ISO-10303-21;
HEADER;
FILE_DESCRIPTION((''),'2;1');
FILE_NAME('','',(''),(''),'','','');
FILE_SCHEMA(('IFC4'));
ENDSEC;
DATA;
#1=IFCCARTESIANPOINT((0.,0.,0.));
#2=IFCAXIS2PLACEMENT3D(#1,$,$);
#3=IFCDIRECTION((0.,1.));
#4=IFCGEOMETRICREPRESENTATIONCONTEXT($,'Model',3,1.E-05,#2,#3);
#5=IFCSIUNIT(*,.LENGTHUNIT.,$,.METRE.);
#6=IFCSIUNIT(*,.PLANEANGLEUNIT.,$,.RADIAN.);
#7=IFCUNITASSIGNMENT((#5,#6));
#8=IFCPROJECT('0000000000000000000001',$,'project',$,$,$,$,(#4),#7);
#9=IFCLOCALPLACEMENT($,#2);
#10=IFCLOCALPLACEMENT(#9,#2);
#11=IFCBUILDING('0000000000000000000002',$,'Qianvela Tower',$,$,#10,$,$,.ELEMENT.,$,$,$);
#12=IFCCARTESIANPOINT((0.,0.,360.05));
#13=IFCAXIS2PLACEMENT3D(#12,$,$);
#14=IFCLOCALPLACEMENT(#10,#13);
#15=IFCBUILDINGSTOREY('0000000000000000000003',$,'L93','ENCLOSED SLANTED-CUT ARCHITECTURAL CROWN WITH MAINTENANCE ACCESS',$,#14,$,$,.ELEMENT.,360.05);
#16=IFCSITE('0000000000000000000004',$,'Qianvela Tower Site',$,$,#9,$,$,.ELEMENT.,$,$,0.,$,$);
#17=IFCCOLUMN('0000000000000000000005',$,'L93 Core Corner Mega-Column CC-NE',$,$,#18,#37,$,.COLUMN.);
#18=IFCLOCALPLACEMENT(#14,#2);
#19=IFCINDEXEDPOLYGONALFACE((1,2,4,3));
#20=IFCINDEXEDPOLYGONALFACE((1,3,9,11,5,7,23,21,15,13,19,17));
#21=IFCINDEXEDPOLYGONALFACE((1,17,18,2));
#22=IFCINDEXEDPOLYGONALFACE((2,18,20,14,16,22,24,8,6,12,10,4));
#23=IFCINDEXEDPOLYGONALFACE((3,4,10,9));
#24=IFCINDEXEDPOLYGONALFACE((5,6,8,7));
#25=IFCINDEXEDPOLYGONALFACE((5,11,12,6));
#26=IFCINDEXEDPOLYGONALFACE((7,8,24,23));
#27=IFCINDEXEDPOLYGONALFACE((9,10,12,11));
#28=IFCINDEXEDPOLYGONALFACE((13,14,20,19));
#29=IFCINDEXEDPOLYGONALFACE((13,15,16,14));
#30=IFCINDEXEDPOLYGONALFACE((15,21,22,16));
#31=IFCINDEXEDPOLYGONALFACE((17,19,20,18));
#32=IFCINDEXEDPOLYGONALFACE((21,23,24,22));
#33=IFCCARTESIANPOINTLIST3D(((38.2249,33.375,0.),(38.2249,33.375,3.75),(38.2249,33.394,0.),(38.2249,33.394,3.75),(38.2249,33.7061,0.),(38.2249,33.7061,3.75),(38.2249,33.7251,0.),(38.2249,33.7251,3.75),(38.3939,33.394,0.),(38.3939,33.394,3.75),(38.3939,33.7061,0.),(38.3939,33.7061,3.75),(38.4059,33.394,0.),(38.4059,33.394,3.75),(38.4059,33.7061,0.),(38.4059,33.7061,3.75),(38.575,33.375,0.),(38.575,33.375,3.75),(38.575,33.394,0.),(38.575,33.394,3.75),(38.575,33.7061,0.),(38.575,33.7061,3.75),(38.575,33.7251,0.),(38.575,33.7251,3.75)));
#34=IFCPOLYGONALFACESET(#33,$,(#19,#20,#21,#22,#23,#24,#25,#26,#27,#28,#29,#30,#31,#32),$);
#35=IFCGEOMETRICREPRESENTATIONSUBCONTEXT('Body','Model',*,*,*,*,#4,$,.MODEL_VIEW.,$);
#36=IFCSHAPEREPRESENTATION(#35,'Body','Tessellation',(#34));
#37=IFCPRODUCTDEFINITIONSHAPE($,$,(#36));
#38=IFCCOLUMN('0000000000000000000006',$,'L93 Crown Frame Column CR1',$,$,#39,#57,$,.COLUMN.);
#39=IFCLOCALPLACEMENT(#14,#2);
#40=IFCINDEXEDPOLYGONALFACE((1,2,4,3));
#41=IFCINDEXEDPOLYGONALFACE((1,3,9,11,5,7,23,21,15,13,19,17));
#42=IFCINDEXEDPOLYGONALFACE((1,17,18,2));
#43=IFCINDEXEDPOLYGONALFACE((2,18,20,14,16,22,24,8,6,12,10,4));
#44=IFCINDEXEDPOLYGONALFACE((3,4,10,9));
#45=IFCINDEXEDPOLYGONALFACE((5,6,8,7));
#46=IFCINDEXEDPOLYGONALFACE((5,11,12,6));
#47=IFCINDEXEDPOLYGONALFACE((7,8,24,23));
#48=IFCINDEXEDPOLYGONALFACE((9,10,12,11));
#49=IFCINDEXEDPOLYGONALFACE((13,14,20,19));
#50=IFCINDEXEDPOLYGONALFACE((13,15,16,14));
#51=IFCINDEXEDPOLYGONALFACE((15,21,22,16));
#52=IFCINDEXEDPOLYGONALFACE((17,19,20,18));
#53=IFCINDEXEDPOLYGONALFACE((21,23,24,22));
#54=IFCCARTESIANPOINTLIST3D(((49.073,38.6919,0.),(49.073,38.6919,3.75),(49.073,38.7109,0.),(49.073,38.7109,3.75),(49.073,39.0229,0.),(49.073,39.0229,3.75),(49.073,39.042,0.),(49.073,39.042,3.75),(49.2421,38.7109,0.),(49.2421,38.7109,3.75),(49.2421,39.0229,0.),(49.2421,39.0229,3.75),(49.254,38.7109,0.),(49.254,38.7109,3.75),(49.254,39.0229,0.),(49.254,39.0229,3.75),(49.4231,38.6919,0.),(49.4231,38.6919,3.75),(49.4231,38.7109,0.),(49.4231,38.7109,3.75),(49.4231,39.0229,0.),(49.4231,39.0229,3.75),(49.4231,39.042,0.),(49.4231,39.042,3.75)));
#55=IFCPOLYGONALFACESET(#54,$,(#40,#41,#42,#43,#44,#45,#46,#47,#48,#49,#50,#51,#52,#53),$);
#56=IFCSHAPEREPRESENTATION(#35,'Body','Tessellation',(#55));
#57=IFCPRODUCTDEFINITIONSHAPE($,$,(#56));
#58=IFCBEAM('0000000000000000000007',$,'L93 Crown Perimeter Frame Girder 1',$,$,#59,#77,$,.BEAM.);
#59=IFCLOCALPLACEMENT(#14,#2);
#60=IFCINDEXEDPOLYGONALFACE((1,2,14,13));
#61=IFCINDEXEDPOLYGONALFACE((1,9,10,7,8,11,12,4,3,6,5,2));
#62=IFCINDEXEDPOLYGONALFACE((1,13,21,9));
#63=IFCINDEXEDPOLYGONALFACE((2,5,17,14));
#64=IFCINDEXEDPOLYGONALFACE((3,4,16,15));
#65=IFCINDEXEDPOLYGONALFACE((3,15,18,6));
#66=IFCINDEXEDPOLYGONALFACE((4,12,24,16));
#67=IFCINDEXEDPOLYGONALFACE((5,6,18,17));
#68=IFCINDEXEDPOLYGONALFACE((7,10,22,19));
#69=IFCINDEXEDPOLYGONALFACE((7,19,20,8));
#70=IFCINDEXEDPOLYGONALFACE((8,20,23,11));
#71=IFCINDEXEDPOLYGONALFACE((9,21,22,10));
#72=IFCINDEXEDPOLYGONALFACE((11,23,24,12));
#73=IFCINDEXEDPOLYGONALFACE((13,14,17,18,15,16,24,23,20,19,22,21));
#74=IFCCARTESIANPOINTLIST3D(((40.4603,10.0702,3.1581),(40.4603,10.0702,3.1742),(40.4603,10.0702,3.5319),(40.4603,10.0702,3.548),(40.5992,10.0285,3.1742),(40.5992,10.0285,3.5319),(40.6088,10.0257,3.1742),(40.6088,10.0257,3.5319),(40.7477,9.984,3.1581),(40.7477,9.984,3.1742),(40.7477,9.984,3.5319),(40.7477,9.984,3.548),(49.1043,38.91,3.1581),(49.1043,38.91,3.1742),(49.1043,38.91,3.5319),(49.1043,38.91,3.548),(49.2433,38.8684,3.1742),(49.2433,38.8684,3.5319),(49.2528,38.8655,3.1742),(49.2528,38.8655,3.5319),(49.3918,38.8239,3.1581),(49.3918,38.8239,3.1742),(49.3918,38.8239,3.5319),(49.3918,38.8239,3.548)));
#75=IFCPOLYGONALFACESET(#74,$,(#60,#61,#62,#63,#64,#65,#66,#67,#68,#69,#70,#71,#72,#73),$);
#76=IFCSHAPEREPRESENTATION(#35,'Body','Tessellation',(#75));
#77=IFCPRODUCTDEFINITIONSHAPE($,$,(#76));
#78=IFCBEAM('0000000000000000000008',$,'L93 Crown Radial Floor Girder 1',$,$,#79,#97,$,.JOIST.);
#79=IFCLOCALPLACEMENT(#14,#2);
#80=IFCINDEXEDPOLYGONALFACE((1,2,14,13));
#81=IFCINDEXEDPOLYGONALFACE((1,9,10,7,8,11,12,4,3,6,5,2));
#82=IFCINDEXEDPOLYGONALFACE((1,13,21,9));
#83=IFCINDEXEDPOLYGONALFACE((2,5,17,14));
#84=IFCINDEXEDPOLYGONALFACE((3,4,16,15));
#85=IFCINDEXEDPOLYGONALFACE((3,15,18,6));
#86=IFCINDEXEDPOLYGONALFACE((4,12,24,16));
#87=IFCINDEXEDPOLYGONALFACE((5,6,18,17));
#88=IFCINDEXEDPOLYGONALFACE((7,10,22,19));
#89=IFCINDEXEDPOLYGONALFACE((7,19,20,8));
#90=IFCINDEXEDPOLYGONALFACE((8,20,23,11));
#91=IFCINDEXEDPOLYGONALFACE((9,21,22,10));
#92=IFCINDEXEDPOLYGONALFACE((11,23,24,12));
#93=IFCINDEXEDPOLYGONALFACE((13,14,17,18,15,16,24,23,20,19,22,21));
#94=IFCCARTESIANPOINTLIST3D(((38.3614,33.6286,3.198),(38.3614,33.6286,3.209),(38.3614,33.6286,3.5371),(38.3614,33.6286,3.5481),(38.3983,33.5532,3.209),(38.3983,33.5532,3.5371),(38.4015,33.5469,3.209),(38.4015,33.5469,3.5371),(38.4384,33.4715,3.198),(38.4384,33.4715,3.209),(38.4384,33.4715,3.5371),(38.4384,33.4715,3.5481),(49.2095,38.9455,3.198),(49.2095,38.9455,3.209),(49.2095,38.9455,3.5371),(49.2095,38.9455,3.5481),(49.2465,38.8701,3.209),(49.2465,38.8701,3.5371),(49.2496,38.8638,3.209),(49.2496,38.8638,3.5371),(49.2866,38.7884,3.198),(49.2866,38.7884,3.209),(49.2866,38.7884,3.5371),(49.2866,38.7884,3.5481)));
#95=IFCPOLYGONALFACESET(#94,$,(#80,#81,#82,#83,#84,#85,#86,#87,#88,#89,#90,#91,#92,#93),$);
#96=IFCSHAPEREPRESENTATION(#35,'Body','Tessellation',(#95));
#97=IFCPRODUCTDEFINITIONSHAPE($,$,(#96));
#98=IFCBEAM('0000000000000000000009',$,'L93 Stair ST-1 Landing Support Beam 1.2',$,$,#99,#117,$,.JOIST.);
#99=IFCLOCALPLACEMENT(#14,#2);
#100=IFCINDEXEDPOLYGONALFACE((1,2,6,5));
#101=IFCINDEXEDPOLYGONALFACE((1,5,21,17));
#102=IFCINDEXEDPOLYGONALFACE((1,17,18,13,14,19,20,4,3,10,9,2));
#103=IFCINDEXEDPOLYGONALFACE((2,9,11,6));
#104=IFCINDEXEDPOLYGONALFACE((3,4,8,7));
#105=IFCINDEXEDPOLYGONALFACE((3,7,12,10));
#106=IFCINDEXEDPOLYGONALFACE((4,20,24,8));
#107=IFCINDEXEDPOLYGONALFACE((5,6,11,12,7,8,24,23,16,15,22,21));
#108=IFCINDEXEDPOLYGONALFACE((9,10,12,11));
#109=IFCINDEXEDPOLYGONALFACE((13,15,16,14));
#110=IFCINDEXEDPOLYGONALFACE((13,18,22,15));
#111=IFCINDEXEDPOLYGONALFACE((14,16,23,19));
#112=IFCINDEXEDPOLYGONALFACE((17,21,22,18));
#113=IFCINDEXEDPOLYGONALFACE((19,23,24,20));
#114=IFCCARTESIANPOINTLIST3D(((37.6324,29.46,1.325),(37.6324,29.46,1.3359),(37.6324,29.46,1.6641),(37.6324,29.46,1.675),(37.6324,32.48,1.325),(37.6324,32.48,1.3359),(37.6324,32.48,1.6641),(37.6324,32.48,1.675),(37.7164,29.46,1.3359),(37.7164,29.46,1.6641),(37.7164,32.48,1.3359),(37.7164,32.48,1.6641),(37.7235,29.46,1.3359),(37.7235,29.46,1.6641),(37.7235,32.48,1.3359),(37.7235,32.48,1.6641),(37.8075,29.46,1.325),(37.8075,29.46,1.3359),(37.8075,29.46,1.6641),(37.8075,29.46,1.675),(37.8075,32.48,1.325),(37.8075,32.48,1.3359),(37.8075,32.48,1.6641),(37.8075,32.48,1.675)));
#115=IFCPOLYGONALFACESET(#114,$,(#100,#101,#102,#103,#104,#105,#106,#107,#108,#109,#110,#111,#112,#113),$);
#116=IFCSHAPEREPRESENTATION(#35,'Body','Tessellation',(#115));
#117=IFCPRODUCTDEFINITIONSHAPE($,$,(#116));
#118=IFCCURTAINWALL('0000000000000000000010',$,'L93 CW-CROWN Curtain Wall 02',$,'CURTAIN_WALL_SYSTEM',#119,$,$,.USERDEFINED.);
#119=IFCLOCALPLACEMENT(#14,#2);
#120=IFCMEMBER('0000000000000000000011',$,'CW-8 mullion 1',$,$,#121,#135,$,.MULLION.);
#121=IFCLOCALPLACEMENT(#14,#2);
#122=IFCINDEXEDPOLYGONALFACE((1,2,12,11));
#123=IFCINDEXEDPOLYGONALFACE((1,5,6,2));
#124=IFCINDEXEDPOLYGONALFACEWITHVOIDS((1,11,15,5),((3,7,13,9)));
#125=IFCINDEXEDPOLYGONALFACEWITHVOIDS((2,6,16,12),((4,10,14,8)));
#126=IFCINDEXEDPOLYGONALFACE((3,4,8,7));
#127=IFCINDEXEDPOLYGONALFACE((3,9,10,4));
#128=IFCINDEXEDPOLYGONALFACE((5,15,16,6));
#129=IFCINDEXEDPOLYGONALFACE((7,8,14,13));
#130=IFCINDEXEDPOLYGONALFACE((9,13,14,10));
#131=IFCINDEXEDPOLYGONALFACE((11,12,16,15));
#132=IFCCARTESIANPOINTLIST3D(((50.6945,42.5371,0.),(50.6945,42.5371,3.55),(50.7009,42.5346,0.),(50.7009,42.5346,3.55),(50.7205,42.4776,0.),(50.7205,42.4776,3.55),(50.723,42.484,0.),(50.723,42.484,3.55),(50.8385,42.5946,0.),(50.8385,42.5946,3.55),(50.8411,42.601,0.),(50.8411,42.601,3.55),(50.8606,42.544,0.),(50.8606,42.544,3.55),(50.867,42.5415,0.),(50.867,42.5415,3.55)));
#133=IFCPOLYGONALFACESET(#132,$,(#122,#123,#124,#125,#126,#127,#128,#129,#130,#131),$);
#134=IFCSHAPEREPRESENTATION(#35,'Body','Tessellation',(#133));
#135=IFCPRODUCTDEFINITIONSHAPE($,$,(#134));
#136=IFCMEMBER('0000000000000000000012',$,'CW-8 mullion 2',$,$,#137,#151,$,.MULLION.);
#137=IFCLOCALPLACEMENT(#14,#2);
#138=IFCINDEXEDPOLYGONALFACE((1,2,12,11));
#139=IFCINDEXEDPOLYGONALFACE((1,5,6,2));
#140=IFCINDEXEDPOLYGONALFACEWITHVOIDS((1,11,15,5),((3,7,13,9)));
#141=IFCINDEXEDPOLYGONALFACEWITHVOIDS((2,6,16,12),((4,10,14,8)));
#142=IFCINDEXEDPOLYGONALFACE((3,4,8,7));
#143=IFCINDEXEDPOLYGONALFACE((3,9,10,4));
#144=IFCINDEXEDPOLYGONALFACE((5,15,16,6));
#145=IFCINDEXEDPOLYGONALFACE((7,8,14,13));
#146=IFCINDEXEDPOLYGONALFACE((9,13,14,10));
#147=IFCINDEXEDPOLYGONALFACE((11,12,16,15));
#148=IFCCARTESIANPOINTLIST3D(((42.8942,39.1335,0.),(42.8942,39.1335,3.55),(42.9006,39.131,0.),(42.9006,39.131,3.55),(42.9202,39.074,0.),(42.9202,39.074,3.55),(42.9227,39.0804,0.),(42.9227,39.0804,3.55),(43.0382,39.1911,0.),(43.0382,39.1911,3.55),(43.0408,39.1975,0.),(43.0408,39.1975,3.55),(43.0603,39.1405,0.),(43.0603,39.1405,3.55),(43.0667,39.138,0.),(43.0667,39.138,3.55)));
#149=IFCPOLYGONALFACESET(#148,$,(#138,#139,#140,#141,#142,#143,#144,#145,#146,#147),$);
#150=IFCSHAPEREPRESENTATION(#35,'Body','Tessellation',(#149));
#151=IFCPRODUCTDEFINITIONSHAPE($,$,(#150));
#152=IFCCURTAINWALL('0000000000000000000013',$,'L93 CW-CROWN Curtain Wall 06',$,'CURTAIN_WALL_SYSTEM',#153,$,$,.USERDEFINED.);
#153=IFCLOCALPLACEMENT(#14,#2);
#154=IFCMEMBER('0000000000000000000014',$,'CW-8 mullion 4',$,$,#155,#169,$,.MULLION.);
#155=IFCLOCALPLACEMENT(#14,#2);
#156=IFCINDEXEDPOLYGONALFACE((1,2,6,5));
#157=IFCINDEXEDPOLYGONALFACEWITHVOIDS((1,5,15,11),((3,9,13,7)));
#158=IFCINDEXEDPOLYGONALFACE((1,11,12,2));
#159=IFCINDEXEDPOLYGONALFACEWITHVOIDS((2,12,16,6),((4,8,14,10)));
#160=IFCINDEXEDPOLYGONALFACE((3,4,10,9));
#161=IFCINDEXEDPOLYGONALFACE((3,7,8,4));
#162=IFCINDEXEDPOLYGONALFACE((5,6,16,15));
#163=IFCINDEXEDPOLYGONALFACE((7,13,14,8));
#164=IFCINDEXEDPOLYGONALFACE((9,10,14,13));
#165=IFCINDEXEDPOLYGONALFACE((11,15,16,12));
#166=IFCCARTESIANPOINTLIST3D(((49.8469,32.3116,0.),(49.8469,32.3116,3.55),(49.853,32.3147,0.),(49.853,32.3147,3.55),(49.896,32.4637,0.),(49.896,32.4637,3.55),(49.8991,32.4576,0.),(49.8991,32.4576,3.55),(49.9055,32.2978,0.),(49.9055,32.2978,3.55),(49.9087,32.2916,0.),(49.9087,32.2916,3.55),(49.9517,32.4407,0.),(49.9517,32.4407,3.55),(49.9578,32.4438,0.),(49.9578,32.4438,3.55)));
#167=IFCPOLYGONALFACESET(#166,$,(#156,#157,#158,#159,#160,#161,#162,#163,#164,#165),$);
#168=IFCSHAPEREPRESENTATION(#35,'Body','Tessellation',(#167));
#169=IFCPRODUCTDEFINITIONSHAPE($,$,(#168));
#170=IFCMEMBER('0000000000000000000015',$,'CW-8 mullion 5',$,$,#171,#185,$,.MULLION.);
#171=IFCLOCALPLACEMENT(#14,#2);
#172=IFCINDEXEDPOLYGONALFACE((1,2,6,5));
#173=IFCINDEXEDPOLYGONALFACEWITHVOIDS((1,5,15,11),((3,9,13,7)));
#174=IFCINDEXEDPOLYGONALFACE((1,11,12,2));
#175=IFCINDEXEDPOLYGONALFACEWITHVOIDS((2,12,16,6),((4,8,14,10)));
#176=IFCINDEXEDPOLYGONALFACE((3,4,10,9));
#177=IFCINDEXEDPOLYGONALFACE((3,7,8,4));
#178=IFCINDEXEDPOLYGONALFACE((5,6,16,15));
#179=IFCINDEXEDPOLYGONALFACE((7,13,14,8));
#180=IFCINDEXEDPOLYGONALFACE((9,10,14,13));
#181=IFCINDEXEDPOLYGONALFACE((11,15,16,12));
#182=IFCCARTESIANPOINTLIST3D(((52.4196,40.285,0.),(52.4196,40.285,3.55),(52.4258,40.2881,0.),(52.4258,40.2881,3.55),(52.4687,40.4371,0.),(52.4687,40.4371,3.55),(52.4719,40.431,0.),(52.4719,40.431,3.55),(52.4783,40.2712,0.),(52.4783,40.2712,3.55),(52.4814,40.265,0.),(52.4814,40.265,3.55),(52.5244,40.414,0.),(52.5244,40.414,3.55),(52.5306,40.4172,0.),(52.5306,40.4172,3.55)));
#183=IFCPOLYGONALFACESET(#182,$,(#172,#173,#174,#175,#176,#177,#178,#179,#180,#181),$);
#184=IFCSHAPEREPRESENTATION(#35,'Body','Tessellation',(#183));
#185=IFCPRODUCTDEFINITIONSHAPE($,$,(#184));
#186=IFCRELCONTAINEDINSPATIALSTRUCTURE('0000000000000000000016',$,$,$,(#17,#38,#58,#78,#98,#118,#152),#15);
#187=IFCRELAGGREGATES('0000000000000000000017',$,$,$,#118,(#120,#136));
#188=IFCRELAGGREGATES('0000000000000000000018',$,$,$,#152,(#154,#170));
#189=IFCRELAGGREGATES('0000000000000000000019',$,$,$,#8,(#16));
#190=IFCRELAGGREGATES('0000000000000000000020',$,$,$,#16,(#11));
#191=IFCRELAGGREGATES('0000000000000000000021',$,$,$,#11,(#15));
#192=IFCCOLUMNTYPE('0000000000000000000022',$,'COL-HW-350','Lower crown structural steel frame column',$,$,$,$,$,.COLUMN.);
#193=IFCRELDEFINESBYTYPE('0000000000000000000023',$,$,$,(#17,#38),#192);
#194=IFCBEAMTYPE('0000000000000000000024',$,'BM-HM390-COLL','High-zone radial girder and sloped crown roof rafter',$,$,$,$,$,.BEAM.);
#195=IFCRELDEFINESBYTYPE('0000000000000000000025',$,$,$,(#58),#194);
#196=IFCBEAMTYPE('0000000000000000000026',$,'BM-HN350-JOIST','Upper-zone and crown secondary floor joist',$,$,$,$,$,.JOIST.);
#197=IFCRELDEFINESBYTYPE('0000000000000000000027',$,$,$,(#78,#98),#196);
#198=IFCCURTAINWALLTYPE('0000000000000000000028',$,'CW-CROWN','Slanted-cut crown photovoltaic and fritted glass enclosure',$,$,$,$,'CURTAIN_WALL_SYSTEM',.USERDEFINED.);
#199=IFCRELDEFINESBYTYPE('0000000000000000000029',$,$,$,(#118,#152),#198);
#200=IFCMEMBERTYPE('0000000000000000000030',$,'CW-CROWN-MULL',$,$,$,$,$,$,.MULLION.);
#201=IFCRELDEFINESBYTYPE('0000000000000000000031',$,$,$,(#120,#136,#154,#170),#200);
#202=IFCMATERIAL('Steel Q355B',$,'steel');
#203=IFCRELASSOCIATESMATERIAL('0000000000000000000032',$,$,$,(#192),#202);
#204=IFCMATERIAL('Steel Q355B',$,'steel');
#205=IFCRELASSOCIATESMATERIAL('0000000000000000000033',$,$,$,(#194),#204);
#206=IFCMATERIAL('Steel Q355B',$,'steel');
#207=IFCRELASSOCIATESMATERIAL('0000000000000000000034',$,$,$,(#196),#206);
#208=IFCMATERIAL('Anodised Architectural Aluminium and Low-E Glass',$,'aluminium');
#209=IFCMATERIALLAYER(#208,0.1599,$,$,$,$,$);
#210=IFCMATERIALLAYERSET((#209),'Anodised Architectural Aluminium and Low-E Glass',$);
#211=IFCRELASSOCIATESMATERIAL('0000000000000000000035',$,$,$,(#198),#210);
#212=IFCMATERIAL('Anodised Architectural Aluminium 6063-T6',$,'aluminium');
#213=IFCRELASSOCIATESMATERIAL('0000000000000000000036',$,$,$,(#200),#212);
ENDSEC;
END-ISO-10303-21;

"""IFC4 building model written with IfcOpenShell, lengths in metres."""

from ifc_helpers import new_model, si_unit, direction, frame, origin, origin_2d, place, context, subcontext, project, spatial, hollow_rectangle, i_section, extrude, material, layer, layer_set, material_profile, profile_set, type_object, element, aggregate, save


model = new_model("IFC4")

# Units and contexts
model_context = context("Model", 3, precision=1e-05, world=origin(), true_north=direction((0.0, 1.0)))
body_context = subcontext(model_context, "Body", "Model", "MODEL_VIEW")
ifc_project = project(units=[si_unit("LENGTHUNIT", "METRE"), si_unit("PLANEANGLEUNIT", "RADIAN")], contexts=[model_context])

# Site, building, storey
site_placement = place(None, origin())
site = spatial("IfcSite", under=ifc_project, at=site_placement, Name="Qianvela Tower Site", CompositionType="ELEMENT", RefElevation=0.0)
building_placement = place(site_placement, origin())
building = spatial("IfcBuilding", under=site, at=building_placement, Name="Qianvela Tower", CompositionType="ELEMENT")
storey_placement = place(building_placement, frame((0.0, 0.0, 360.05)))
storey = spatial("IfcBuildingStorey", under=building, at=storey_placement, Name="L93", Description="ENCLOSED SLANTED-CUT ARCHITECTURAL CROWN WITH MAINTENANCE ACCESS", CompositionType="ELEMENT", Elevation=360.05)

# Columns
ifc_material_1 = material(Name="Steel Q355B", Category="steel")
ifc_material_profile_1 = material_profile(ifc_material_1, i_section(OverallWidth=0.3501, OverallDepth=0.3501, WebThickness=0.012, FlangeThickness=0.019, at=origin_2d()), Name="HW350x350x12x19")
ifc_profile_set_1 = profile_set([ifc_material_profile_1], Name="Steel Q355B")
column_type = type_object("IfcColumnType", Name="COL-HW-350", Description="Lower crown structural steel frame column", PredefinedType="COLUMN", material=ifc_profile_set_1)
for number, where, z_axis, x_axis, name in (
    (1, (38.3999, 33.55, 0.0), (0.0, 0.0, 1.0), (1.0, 0.0, 0.0), "L93 Core Corner Mega-Column CC-NE"),
    (2, (49.248, 38.8669, 0.0), (0.0, 0.0, 1.0), (1.0, 0.0, 0.0), "L93 Crown Frame Column CR1"),
):
    element("IfcColumn", number, at=place(storey_placement, frame(where, z_axis=z_axis, x_axis=x_axis)), inside=storey, type_object=column_type, Name=name, PredefinedType="COLUMN", context=body_context, shape_type="SweptSolid", body=[
        extrude(i_section(OverallWidth=0.3501, OverallDepth=0.3501, WebThickness=0.012, FlangeThickness=0.019, at=origin_2d()), origin(), (0.0, 0.0, 1.0), 3.75),
    ])

# Beams
ifc_material_2 = material(Name="Steel Q355B", Category="steel")
ifc_material_profile_2 = material_profile(ifc_material_2, i_section(OverallWidth=0.3, OverallDepth=0.3899, WebThickness=0.01, FlangeThickness=0.0161, at=origin_2d()), Name="HM390x300x10x16")
ifc_profile_set_2 = profile_set([ifc_material_profile_2], Name="Steel Q355B")
beam_type_1 = type_object("IfcBeamType", Name="BM-HM390-COLL", Description="High-zone radial girder and sloped crown roof rafter", PredefinedType="BEAM", material=ifc_profile_set_2)
beam_1_placement = place(storey_placement, frame((49.248, 38.8669, 3.353), z_axis=(-0.287107, -0.957899, 0.0), x_axis=(0.957899, -0.287107, 0.0)))
element("IfcBeam", 3, at=beam_1_placement, inside=storey, type_object=beam_type_1, Name="L93 Crown Perimeter Frame Girder 1", PredefinedType="BEAM", context=body_context, shape_type="SweptSolid", body=[
    extrude(i_section(OverallWidth=0.3, OverallDepth=0.3899, WebThickness=0.01, FlangeThickness=0.0161, at=origin_2d()), origin(), (0.0, 0.0, 1.0), 30.1074),
])
ifc_material_3 = material(Name="Steel Q355B", Category="steel")
ifc_material_profile_3 = material_profile(ifc_material_3, i_section(OverallWidth=0.175, OverallDepth=0.3501, WebThickness=0.0071, FlangeThickness=0.011, at=origin_2d()), Name="HN350x175x7x11")
ifc_profile_set_3 = profile_set([ifc_material_profile_3], Name="Steel Q355B")
beam_type_2 = type_object("IfcBeamType", Name="BM-HN350-JOIST", Description="Upper-zone and crown secondary floor joist", PredefinedType="JOIST", material=ifc_profile_set_3)
beam_2_placement = place(storey_placement, frame((38.3999, 33.55, 3.373), z_axis=(0.897948, 0.440102, 0.0), x_axis=(-0.440102, 0.897948, 0.0)))
element("IfcBeam", 4, at=beam_2_placement, inside=storey, type_object=beam_type_2, Name="L93 Crown Radial Floor Girder 1", PredefinedType="JOIST", context=body_context, shape_type="SweptSolid", body=[
    extrude(i_section(OverallWidth=0.175, OverallDepth=0.3501, WebThickness=0.0071, FlangeThickness=0.011, at=origin_2d()), origin(), (0.0, 0.0, 1.0), 12.0811),
])
beam_3_placement = place(storey_placement, frame((37.72, 29.46, 1.5), z_axis=(0.0, 1.0, 0.0), x_axis=(-1.0, 0.0, 0.0)))
element("IfcBeam", 5, at=beam_3_placement, inside=storey, type_object=beam_type_2, Name="L93 Stair ST-1 Landing Support Beam 1.2", PredefinedType="JOIST", context=body_context, shape_type="SweptSolid", body=[
    extrude(i_section(OverallWidth=0.175, OverallDepth=0.3501, WebThickness=0.0071, FlangeThickness=0.011, at=origin_2d()), origin(), (0.0, 0.0, 1.0), 3.02),
])

# Curtain walls, members
ifc_material_4 = material(Name="Anodised Architectural Aluminium and Low-E Glass", Category="aluminium")
ifc_layer_1 = layer(ifc_material_4, 0.1599)
ifc_layer_set_1 = layer_set([ifc_layer_1], Name="Anodised Architectural Aluminium and Low-E Glass")
curtain_wall_type = type_object("IfcCurtainWallType", Name="CW-CROWN", Description="Slanted-cut crown photovoltaic and fritted glass enclosure", ElementType="CURTAIN_WALL_SYSTEM", PredefinedType="USERDEFINED", material=ifc_layer_set_1)
curtain_wall_1_placement = place(storey_placement, origin())
curtain_wall_1 = element("IfcCurtainWall", 6, at=curtain_wall_1_placement, inside=storey, type_object=curtain_wall_type, Name="L93 CW-CROWN Curtain Wall 02", ObjectType="CURTAIN_WALL_SYSTEM", PredefinedType="USERDEFINED")
ifc_material_5 = material(Name="Anodised Architectural Aluminium 6063-T6", Category="aluminium")
ifc_material_profile_4 = material_profile(ifc_material_5, hollow_rectangle(XDim=0.0649, YDim=0.1599, WallThickness=0.0049, at=origin_2d()), Name="ALU-MULL-65x160")
ifc_profile_set_4 = profile_set([ifc_material_profile_4], Name="Anodised Architectural Aluminium 6063-T6")
member_type_1 = type_object("IfcMemberType", Name="CW-CROWN-MULL", PredefinedType="MULLION", material=ifc_profile_set_4)
member_1_placement = place(storey_placement, frame((50.7808, 42.5393, 0.0), z_axis=(0.0, 0.0, 1.0), x_axis=(0.399915, -0.916552, 0.0)))
member_1 = element("IfcMember", 7, at=member_1_placement, type_object=member_type_1, Name="CW-8 mullion 1", PredefinedType="MULLION", context=body_context, shape_type="SweptSolid", body=[
    extrude(hollow_rectangle(XDim=0.0649, YDim=0.1599, WallThickness=0.0049, at=origin_2d()), origin(), (0.0, 0.0, 1.0), 3.55),
])
member_2_placement = place(storey_placement, frame((42.9805, 39.1357, 0.0), z_axis=(0.0, 0.0, 1.0), x_axis=(0.399915, -0.916552, 0.0)))
member_2 = element("IfcMember", 8, at=member_2_placement, type_object=member_type_1, Name="CW-8 mullion 2", PredefinedType="MULLION", context=body_context, shape_type="SweptSolid", body=[
    extrude(hollow_rectangle(XDim=0.0649, YDim=0.1599, WallThickness=0.0049, at=origin_2d()), origin(), (0.0, 0.0, 1.0), 3.55),
])
curtain_wall_2_placement = place(storey_placement, origin())
curtain_wall_2 = element("IfcCurtainWall", 9, at=curtain_wall_2_placement, inside=storey, type_object=curtain_wall_type, Name="L93 CW-CROWN Curtain Wall 06", ObjectType="CURTAIN_WALL_SYSTEM", PredefinedType="USERDEFINED")
member_3_placement = place(storey_placement, frame((49.9023, 32.3777, 0.0), z_axis=(0.0, 0.0, 1.0), x_axis=(-0.951691, 0.307057, 0.0)))
member_3 = element("IfcMember", 10, at=member_3_placement, type_object=member_type_1, Name="CW-8 mullion 4", PredefinedType="MULLION", context=body_context, shape_type="SweptSolid", body=[
    extrude(hollow_rectangle(XDim=0.0649, YDim=0.1599, WallThickness=0.0049, at=origin_2d()), origin(), (0.0, 0.0, 1.0), 3.55),
])
member_4_placement = place(storey_placement, frame((52.4751, 40.3511, 0.0), z_axis=(0.0, 0.0, 1.0), x_axis=(-0.951691, 0.307057, 0.0)))
member_4 = element("IfcMember", 11, at=member_4_placement, type_object=member_type_1, Name="CW-8 mullion 5", PredefinedType="MULLION", context=body_context, shape_type="SweptSolid", body=[
    extrude(hollow_rectangle(XDim=0.0649, YDim=0.1599, WallThickness=0.0049, at=origin_2d()), origin(), (0.0, 0.0, 1.0), 3.55),
])

aggregate(curtain_wall_1, [member_1, member_2])
aggregate(curtain_wall_2, [member_3, member_4])

save(model, "model.ifc")
